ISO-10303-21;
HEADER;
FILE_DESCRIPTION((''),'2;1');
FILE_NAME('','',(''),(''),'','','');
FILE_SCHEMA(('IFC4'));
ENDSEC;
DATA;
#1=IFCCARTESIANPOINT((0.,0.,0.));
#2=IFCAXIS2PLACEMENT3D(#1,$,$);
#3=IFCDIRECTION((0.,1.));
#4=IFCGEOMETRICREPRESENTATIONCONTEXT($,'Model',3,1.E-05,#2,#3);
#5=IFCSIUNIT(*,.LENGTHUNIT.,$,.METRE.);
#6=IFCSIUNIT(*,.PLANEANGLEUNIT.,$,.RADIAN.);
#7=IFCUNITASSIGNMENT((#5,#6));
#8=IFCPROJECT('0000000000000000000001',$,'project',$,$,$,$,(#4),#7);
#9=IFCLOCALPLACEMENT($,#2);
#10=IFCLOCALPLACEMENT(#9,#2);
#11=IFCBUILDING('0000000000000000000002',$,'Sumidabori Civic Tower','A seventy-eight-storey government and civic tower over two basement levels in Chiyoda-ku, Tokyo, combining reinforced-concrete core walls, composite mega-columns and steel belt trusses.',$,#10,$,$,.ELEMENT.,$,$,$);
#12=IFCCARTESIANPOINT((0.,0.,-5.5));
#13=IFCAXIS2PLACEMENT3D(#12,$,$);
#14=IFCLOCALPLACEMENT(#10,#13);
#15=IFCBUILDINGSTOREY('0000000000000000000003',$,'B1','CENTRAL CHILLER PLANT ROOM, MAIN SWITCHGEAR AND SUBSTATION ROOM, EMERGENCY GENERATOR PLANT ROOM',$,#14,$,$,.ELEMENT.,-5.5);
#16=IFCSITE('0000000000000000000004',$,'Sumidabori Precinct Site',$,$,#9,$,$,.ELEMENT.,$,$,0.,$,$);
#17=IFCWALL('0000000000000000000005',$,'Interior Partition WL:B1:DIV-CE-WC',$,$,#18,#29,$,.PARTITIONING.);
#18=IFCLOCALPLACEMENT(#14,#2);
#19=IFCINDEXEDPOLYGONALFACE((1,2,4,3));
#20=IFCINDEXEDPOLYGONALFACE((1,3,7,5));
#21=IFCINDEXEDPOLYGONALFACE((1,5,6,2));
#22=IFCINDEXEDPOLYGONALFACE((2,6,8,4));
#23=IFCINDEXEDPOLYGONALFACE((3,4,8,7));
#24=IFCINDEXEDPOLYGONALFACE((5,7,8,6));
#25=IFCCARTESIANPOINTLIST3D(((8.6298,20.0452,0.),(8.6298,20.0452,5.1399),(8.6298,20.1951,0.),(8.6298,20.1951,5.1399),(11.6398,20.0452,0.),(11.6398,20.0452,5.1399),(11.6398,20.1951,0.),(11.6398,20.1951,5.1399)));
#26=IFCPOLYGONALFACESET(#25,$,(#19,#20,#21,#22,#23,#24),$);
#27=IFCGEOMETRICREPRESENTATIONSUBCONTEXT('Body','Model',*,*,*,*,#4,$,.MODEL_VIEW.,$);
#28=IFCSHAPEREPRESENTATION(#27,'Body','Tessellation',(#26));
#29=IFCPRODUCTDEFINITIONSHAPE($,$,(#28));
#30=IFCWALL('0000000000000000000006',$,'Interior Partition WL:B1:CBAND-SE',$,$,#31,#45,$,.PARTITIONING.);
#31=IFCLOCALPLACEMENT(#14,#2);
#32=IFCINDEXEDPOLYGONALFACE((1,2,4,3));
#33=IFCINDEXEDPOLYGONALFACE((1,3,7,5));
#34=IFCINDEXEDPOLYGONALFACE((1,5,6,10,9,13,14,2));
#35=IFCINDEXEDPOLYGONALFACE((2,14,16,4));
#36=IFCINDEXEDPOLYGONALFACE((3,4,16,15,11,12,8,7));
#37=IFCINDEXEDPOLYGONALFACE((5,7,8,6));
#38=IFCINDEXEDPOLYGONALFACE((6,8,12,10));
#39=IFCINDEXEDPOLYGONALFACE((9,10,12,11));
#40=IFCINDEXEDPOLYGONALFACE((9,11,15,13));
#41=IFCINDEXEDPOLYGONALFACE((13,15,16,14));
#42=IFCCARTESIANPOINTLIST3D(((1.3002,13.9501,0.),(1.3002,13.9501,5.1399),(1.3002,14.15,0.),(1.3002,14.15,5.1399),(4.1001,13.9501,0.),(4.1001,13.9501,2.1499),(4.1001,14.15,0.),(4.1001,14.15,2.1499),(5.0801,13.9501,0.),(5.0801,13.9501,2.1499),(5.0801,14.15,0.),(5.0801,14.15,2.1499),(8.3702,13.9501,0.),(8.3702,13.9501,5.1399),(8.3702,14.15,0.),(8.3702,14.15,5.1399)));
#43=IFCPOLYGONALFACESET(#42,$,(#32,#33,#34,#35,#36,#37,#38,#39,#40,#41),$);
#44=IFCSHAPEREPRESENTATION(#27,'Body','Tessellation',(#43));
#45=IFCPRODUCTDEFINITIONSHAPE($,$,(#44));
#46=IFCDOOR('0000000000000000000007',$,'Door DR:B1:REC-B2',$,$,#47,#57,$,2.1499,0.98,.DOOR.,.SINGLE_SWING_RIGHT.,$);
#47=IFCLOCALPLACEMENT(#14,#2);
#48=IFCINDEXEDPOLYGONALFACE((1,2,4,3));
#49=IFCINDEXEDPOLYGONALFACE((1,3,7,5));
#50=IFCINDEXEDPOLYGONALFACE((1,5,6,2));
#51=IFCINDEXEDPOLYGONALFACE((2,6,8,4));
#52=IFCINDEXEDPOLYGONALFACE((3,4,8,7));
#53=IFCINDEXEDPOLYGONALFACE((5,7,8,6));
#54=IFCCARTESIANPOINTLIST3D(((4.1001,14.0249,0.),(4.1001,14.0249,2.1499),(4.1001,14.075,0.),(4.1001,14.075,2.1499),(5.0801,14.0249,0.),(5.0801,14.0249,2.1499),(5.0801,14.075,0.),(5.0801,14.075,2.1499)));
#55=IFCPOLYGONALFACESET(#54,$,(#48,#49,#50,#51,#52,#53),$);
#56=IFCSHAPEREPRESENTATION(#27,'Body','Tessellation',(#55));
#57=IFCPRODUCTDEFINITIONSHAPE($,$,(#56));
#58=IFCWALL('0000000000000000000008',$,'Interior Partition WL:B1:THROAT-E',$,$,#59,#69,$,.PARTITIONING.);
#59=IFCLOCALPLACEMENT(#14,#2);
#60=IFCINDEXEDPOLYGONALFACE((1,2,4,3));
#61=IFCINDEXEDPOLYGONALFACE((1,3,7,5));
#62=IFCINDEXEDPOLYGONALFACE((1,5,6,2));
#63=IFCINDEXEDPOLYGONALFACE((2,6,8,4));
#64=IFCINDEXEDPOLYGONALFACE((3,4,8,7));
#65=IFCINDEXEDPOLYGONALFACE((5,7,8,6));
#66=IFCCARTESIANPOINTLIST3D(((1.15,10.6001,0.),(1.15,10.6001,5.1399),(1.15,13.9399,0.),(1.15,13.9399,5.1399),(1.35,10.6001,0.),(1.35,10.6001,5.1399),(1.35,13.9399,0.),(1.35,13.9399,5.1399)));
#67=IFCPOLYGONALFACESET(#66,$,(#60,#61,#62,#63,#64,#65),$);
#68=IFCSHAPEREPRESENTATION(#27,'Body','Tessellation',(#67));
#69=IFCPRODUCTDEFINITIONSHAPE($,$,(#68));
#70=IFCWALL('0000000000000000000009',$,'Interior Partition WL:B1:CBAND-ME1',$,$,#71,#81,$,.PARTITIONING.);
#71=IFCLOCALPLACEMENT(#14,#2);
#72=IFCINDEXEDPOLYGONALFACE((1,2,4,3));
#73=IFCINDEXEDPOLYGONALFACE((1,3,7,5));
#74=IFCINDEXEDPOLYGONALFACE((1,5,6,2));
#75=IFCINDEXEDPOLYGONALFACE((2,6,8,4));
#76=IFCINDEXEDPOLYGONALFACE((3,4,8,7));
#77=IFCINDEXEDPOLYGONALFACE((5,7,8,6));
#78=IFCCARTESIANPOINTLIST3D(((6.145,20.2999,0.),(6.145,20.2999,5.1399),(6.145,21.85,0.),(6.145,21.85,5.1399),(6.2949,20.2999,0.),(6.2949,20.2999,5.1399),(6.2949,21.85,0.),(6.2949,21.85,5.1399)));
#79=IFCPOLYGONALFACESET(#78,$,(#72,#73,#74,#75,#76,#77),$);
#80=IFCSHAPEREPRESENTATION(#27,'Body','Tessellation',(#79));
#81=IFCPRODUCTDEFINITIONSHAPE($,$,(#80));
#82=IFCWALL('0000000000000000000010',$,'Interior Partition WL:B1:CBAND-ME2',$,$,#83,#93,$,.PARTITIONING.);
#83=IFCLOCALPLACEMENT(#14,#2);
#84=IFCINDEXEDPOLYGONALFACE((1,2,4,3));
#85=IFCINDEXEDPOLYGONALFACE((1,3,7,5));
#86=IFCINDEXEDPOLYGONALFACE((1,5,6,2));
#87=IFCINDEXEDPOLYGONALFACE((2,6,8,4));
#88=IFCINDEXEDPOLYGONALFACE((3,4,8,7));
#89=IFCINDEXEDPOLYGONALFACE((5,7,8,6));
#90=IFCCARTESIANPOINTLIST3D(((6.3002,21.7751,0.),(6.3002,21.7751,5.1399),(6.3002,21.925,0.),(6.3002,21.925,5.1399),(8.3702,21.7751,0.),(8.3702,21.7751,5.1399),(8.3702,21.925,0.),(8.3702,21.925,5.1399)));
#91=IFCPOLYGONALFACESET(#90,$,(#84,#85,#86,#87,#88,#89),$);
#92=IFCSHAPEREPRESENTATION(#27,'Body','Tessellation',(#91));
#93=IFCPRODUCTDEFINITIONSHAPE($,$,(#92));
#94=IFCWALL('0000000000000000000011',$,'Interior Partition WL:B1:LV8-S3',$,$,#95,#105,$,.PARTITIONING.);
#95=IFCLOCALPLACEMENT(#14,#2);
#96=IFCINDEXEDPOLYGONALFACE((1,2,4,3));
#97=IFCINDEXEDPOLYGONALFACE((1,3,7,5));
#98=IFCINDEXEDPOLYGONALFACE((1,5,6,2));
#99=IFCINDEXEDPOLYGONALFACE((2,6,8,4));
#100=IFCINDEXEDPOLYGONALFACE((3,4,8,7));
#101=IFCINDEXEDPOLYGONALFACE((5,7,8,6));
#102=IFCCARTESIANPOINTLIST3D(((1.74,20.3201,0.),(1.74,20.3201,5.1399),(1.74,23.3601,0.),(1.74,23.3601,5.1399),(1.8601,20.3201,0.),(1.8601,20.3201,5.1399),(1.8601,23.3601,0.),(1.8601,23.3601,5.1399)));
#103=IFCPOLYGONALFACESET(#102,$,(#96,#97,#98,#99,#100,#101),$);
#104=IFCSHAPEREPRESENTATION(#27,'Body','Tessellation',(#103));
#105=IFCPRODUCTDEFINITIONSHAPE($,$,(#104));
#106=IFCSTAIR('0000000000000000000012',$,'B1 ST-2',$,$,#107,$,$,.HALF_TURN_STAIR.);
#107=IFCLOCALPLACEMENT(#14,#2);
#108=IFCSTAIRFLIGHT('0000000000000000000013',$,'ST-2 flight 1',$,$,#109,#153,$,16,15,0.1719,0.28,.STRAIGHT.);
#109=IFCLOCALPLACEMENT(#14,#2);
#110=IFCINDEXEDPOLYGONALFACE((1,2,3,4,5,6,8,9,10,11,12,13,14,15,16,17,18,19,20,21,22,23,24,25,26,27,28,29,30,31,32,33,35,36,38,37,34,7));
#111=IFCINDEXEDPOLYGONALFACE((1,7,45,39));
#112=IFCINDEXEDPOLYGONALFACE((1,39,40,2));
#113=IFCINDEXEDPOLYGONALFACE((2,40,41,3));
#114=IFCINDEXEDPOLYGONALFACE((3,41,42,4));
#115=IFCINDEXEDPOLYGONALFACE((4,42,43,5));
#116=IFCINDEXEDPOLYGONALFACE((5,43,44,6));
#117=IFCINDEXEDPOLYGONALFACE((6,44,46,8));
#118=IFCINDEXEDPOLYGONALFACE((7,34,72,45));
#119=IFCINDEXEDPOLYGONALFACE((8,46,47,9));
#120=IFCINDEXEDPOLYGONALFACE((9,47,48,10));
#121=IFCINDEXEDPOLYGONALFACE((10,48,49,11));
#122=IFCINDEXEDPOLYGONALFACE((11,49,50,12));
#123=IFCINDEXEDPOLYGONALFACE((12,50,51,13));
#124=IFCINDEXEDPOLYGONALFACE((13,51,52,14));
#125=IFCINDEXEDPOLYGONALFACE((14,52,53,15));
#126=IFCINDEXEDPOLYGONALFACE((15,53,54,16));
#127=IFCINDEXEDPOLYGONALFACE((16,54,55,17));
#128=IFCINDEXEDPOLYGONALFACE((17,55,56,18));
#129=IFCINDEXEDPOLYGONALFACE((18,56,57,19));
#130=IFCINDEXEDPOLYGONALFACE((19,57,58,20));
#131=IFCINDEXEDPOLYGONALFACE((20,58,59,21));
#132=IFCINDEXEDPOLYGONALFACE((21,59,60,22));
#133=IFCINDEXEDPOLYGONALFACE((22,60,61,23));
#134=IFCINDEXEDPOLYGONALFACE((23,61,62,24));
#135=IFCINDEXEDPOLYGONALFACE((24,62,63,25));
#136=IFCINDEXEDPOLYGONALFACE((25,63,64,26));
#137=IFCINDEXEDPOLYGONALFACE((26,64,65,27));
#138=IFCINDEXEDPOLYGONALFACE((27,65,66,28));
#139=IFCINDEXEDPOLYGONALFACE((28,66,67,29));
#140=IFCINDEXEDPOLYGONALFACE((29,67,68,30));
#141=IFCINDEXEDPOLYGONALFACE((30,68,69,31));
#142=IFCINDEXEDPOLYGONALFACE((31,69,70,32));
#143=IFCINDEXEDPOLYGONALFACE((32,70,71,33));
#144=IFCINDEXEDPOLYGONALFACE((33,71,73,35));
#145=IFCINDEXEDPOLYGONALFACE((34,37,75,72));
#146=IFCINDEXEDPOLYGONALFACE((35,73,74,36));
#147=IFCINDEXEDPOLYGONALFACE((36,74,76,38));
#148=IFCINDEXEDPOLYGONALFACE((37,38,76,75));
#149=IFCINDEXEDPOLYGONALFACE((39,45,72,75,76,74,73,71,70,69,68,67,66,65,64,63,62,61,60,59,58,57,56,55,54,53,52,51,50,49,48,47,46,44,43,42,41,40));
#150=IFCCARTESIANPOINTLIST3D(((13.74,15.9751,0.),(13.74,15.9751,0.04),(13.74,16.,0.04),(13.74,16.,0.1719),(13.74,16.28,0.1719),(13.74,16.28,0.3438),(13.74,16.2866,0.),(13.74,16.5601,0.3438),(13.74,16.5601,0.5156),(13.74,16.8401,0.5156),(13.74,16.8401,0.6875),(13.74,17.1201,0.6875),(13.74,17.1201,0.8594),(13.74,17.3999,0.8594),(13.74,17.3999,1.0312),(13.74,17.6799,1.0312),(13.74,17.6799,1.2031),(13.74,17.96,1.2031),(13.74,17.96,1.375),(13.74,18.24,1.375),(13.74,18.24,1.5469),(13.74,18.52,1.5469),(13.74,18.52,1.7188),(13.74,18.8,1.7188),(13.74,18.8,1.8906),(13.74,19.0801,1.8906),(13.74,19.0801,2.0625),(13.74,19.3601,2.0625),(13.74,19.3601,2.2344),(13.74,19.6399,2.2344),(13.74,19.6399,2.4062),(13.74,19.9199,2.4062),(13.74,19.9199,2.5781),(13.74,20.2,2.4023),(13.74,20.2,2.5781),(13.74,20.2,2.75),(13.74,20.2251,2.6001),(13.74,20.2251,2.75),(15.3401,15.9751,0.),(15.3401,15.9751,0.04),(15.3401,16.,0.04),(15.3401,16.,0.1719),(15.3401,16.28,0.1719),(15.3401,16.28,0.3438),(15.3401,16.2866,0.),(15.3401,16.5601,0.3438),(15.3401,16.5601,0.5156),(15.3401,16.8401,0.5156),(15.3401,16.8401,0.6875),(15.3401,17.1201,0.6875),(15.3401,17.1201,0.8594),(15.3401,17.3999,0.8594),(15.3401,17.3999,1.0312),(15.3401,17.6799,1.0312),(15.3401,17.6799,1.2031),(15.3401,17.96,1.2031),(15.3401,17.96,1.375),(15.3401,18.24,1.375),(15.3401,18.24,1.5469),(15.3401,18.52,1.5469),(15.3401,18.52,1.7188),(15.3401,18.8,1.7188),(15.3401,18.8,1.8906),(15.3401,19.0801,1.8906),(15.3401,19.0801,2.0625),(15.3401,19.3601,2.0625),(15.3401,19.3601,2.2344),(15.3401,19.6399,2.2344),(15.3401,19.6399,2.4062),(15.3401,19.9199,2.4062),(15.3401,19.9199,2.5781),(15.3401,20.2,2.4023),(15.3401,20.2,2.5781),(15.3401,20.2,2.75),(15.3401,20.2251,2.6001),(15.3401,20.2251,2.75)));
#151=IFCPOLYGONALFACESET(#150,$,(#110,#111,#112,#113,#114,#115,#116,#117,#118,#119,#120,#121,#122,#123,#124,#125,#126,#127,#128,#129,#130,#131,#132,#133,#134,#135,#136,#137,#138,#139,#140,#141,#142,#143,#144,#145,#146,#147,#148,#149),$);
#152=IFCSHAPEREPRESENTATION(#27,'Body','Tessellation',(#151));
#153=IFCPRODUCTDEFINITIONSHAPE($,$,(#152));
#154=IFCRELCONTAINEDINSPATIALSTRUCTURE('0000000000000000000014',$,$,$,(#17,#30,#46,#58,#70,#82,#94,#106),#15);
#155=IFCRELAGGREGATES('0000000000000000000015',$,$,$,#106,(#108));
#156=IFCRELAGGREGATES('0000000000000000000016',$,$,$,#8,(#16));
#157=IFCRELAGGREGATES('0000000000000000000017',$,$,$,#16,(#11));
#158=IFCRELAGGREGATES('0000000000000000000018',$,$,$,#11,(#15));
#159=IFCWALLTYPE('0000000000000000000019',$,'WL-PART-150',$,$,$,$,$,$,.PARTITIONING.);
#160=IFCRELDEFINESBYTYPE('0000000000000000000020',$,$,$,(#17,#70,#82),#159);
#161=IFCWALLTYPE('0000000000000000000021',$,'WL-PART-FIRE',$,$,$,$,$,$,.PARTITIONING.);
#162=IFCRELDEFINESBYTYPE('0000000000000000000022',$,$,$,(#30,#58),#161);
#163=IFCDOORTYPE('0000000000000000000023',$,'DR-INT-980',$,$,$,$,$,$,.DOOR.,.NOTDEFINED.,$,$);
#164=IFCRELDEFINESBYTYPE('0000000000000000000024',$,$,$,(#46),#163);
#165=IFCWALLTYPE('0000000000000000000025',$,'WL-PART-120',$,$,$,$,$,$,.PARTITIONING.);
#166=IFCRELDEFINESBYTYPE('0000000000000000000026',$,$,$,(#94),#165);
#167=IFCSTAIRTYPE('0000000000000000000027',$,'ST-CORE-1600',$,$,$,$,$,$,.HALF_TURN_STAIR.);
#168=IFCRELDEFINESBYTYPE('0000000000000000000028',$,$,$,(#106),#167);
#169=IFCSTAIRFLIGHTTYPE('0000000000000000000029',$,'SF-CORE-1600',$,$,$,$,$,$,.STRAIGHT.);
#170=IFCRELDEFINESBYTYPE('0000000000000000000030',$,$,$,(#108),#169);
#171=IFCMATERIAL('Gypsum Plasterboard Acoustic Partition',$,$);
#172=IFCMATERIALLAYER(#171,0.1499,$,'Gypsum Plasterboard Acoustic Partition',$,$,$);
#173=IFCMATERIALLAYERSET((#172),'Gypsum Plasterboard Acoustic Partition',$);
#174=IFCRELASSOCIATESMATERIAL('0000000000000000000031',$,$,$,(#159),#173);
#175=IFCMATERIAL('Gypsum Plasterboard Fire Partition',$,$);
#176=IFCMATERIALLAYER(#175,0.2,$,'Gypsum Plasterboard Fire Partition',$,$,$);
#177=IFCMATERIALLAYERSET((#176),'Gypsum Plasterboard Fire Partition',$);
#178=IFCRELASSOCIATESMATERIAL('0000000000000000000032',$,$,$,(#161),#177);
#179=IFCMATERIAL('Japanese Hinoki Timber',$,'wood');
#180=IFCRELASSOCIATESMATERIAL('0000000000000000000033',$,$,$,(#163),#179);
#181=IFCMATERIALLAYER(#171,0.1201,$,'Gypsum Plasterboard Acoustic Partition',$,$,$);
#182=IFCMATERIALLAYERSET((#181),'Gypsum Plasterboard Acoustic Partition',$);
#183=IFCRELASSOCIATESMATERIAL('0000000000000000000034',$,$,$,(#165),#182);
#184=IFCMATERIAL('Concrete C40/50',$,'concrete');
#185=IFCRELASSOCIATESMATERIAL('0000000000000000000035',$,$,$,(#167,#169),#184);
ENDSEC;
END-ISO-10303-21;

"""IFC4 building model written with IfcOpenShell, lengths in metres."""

from ifc_helpers import new_model, si_unit, direction, frame, frame_2d, origin, place, context, subcontext, project, spatial, polyline, rectangle, outline, extrude, source, transform, mapped, material, layer, layer_set, type_object, element, fill, aggregate, save


model = new_model("IFC4")

# Units and contexts
model_context = context("Model", 3, precision=1e-05, world=origin(), true_north=direction((0.0, 1.0)))
body_context = subcontext(model_context, "Body", "Model", "MODEL_VIEW")
ifc_project = project(units=[si_unit("LENGTHUNIT", "METRE"), si_unit("PLANEANGLEUNIT", "RADIAN")], contexts=[model_context])

# Site, building, storey
site_placement = place(None, origin())
site = spatial("IfcSite", under=ifc_project, at=site_placement, Name="Sumidabori Precinct Site", CompositionType="ELEMENT", RefElevation=0.0)
building_placement = place(site_placement, origin())
building = spatial("IfcBuilding", under=site, at=building_placement, Name="Sumidabori Civic Tower", Description="A seventy-eight-storey government and civic tower over two basement levels in Chiyoda-ku, Tokyo, combining reinforced-concrete core walls, composite mega-columns and steel belt trusses.", CompositionType="ELEMENT")
storey_placement = place(building_placement, frame((0.0, 0.0, -5.5)))
storey = spatial("IfcBuildingStorey", under=building, at=storey_placement, Name="B1", Description="CENTRAL CHILLER PLANT ROOM, MAIN SWITCHGEAR AND SUBSTATION ROOM, EMERGENCY GENERATOR PLANT ROOM", CompositionType="ELEMENT", Elevation=-5.5)

# Shared definitions
ifc_material_1 = material(Name="Japanese Hinoki Timber", Category="wood")

# Wall
ifc_material_2 = material(Name="Gypsum Plasterboard Acoustic Partition")
ifc_layer_1 = layer(ifc_material_2, 0.1499, Name="Gypsum Plasterboard Acoustic Partition")
ifc_layer_set_1 = layer_set([ifc_layer_1], Name="Gypsum Plasterboard Acoustic Partition")
wall_type_1 = type_object("IfcWallType", Name="WL-PART-150", PredefinedType="PARTITIONING", material=ifc_layer_set_1)
shared_shape_1 = source(origin(), body_context, "Body", "SweptSolid", [
    extrude(rectangle(XDim=3.01, YDim=0.1499, at=frame_2d((1.5049, 0.0))), origin(), (0.0, 0.0, 1.0), 5.1399),
])
wall_1_placement = place(storey_placement, frame((8.6299, 20.1201, 0.0), z_axis=(0.0, 0.0, 1.0), x_axis=(1.0, 0.0, 0.0)))
element("IfcWall", 1, at=wall_1_placement, inside=storey, type_object=wall_type_1, Name="Interior Partition WL:B1:DIV-CE-WC", PredefinedType="PARTITIONING", context=body_context, shape_type="MappedRepresentation", body=[
    mapped(shared_shape_1, transform((0.0, 0.0, 0.0), x_axis=(1.0, 0.0, 0.0), y_axis=(0.0, 1.0, 0.0), z_axis=(0.0, 0.0, 1.0), scale=1.0)),
])

# Wall, opening, door
ifc_material_3 = material(Name="Gypsum Plasterboard Fire Partition")
ifc_layer_2 = layer(ifc_material_3, 0.2, Name="Gypsum Plasterboard Fire Partition")
ifc_layer_set_2 = layer_set([ifc_layer_2], Name="Gypsum Plasterboard Fire Partition")
wall_type_2 = type_object("IfcWallType", Name="WL-PART-FIRE", PredefinedType="PARTITIONING", material=ifc_layer_set_2)
shared_shape_2 = source(origin(), body_context, "Body", "SweptSolid", [
    extrude(rectangle(XDim=7.0701, YDim=0.2, at=frame_2d((3.5352, 0.0))), origin(), (0.0, 0.0, 1.0), 5.1399),
])
wall_2_placement = place(storey_placement, frame((1.3, 14.05, 0.0), z_axis=(0.0, 0.0, 1.0), x_axis=(1.0, 0.0, 0.0)))
wall_2 = element("IfcWall", 2, at=wall_2_placement, inside=storey, type_object=wall_type_2, Name="Interior Partition WL:B1:CBAND-SE", PredefinedType="PARTITIONING", context=body_context, shape_type="MappedRepresentation", body=[
    mapped(shared_shape_2, transform((0.0, 0.0, 0.0), x_axis=(1.0, 0.0, 0.0), y_axis=(0.0, 1.0, 0.0), z_axis=(0.0, 0.0, 1.0), scale=1.0)),
])
opening_1_placement = place(wall_2_placement, frame((2.8, 0.0, 0.0)))
opening_1 = element("IfcOpeningElement", 3, at=opening_1_placement, cuts=wall_2, PredefinedType="OPENING", context=body_context, shape_type="SweptSolid", body=[
    extrude(rectangle(XDim=0.98, YDim=2.1499, at=frame_2d((0.49, 1.075))), frame((0.0, 0.1118, 0.0), z_axis=(0.0, -1.0, 0.0), x_axis=(1.0, 0.0, 0.0)), (0.0, 0.0, 1.0), 0.2239),
])
door_type_1 = type_object("IfcDoorType", Name="DR-INT-980", OperationType="NOTDEFINED", PredefinedType="DOOR", material=ifc_material_1)
shared_shape_3 = source(origin(), body_context, "Body", "SweptSolid", [
    extrude(rectangle(XDim=0.98, YDim=2.1499, at=frame_2d((0.49, 1.075))), frame((0.0, 0.0249, 0.0), z_axis=(0.0, -1.0, 0.0), x_axis=(1.0, 0.0, 0.0)), (0.0, 0.0, 1.0), 0.05),
])
door_1_placement = place(opening_1_placement, origin())
door_1 = element("IfcDoor", 4, at=door_1_placement, inside=storey, type_object=door_type_1, Name="Door DR:B1:REC-B2", OperationType="SINGLE_SWING_RIGHT", OverallHeight=2.1499, OverallWidth=0.98, PredefinedType="DOOR", context=body_context, shape_type="MappedRepresentation", body=[
    mapped(shared_shape_3, transform((0.0, 0.0, 0.0), x_axis=(1.0, 0.0, 0.0), y_axis=(0.0, 1.0, 0.0), z_axis=(0.0, 0.0, 1.0), scale=1.0)),
])
fill(opening_1, door_1)

# Walls
shared_shape_4 = source(origin(), body_context, "Body", "SweptSolid", [
    extrude(rectangle(XDim=3.3398, YDim=0.2, at=frame_2d((1.6699, 0.0))), origin(), (0.0, 0.0, 1.0), 5.1399),
])
wall_3_placement = place(storey_placement, frame((1.25, 10.6001, 0.0), z_axis=(0.0, 0.0, 1.0), x_axis=(0.0, 1.0, 0.0)))
element("IfcWall", 5, at=wall_3_placement, inside=storey, type_object=wall_type_2, Name="Interior Partition WL:B1:THROAT-E", PredefinedType="PARTITIONING", context=body_context, shape_type="MappedRepresentation", body=[
    mapped(shared_shape_4, transform((0.0, 0.0, 0.0), x_axis=(1.0, 0.0, 0.0), y_axis=(0.0, 1.0, 0.0), z_axis=(0.0, 0.0, 1.0), scale=1.0)),
])
shared_shape_5 = source(origin(), body_context, "Body", "SweptSolid", [
    extrude(rectangle(XDim=1.55, YDim=0.1499, at=frame_2d((0.7749, 0.0))), origin(), (0.0, 0.0, 1.0), 5.1399),
])
wall_4_placement = place(storey_placement, frame((6.22, 20.3, 0.0), z_axis=(0.0, 0.0, 1.0), x_axis=(0.0, 1.0, 0.0)))
element("IfcWall", 6, at=wall_4_placement, inside=storey, type_object=wall_type_1, Name="Interior Partition WL:B1:CBAND-ME1", PredefinedType="PARTITIONING", context=body_context, shape_type="MappedRepresentation", body=[
    mapped(shared_shape_5, transform((0.0, 0.0, 0.0), x_axis=(1.0, 0.0, 0.0), y_axis=(0.0, 1.0, 0.0), z_axis=(0.0, 0.0, 1.0), scale=1.0)),
])
shared_shape_6 = source(origin(), body_context, "Body", "SweptSolid", [
    extrude(rectangle(XDim=2.0701, YDim=0.1499, at=frame_2d((1.0352, 0.0))), origin(), (0.0, 0.0, 1.0), 5.1399),
])
wall_5_placement = place(storey_placement, frame((6.3, 21.8501, 0.0), z_axis=(0.0, 0.0, 1.0), x_axis=(1.0, 0.0, 0.0)))
element("IfcWall", 7, at=wall_5_placement, inside=storey, type_object=wall_type_1, Name="Interior Partition WL:B1:CBAND-ME2", PredefinedType="PARTITIONING", context=body_context, shape_type="MappedRepresentation", body=[
    mapped(shared_shape_6, transform((0.0, 0.0, 0.0), x_axis=(1.0, 0.0, 0.0), y_axis=(0.0, 1.0, 0.0), z_axis=(0.0, 0.0, 1.0), scale=1.0)),
])
ifc_layer_3 = layer(ifc_material_2, 0.1201, Name="Gypsum Plasterboard Acoustic Partition")
ifc_layer_set_3 = layer_set([ifc_layer_3], Name="Gypsum Plasterboard Acoustic Partition")
wall_type_3 = type_object("IfcWallType", Name="WL-PART-120", PredefinedType="PARTITIONING", material=ifc_layer_set_3)
shared_shape_7 = source(origin(), body_context, "Body", "SweptSolid", [
    extrude(rectangle(XDim=3.04, YDim=0.1201, at=frame_2d((1.52, 0.0))), origin(), (0.0, 0.0, 1.0), 5.1399),
])
wall_6_placement = place(storey_placement, frame((1.8, 20.3201, 0.0), z_axis=(0.0, 0.0, 1.0), x_axis=(0.0, 1.0, 0.0)))
element("IfcWall", 8, at=wall_6_placement, inside=storey, type_object=wall_type_3, Name="Interior Partition WL:B1:LV8-S3", PredefinedType="PARTITIONING", context=body_context, shape_type="MappedRepresentation", body=[
    mapped(shared_shape_7, transform((0.0, 0.0, 0.0), x_axis=(1.0, 0.0, 0.0), y_axis=(0.0, 1.0, 0.0), z_axis=(0.0, 0.0, 1.0), scale=1.0)),
])

# Stair, stair flight
ifc_material_4 = material(Name="Concrete C40/50", Category="concrete")
stair_type = type_object("IfcStairType", Name="ST-CORE-1600", PredefinedType="HALF_TURN_STAIR", material=ifc_material_4)
stair_placement = place(storey_placement, origin())
stair = element("IfcStair", 9, at=stair_placement, inside=storey, type_object=stair_type, Name="B1 ST-2", PredefinedType="HALF_TURN_STAIR")
stair_flight_type = type_object("IfcStairFlightType", Name="SF-CORE-1600", PredefinedType="STRAIGHT", material=ifc_material_4)
shared_shape_8 = source(origin(), body_context, "Body", "SweptSolid", [
    extrude(outline(polyline([(-0.0249, 0.0), (-0.0249, 0.04), (0.0, 0.04), (0.0, 0.1719), (0.28, 0.1719), (0.28, 0.3438), (0.5601, 0.3438), (0.5601, 0.5156), (0.8401, 0.5156), (0.8401, 0.6875), (1.1201, 0.6875), (1.1201, 0.8594), (1.3999, 0.8594), (1.3999, 1.0312), (1.6799, 1.0312), (1.6799, 1.2031), (1.96, 1.2031), (1.96, 1.375), (2.24, 1.375), (2.24, 1.5469), (2.52, 1.5469), (2.52, 1.7188), (2.8, 1.7188), (2.8, 1.8906), (3.0801, 1.8906), (3.0801, 2.0625), (3.3601, 2.0625), (3.3601, 2.2344), (3.6399, 2.2344), (3.6399, 2.4062), (3.9199, 2.4062), (3.9199, 2.5781), (4.2, 2.5781), (4.2, 2.75), (4.2251, 2.75), (4.2251, 2.6001), (4.2, 2.4023), (0.2866, 0.0), (-0.0249, 0.0)])), frame((0.0, 0.8, 0.0), z_axis=(0.0, -1.0, 0.0), x_axis=(1.0, 0.0, 0.0)), (0.0, 0.0, 1.0), 1.6001),
])
stair_flight_1_placement = place(storey_placement, frame((14.54, 16.0, 0.0), z_axis=(0.0, 0.0, 1.0), x_axis=(0.0, 1.0, 0.0)))
stair_flight_1 = element("IfcStairFlight", 10, at=stair_flight_1_placement, type_object=stair_flight_type, Name="ST-2 flight 1", NumberOfRisers=16, NumberOfTreads=15, PredefinedType="STRAIGHT", RiserHeight=0.1719, TreadLength=0.28, context=body_context, shape_type="MappedRepresentation", body=[
    mapped(shared_shape_8, transform((0.0, 0.0, 0.0), x_axis=(1.0, 0.0, 0.0), y_axis=(0.0, 1.0, 0.0), z_axis=(0.0, 0.0, 1.0), scale=1.0)),
])
aggregate(stair, [stair_flight_1])

save(model, "model.ifc")
